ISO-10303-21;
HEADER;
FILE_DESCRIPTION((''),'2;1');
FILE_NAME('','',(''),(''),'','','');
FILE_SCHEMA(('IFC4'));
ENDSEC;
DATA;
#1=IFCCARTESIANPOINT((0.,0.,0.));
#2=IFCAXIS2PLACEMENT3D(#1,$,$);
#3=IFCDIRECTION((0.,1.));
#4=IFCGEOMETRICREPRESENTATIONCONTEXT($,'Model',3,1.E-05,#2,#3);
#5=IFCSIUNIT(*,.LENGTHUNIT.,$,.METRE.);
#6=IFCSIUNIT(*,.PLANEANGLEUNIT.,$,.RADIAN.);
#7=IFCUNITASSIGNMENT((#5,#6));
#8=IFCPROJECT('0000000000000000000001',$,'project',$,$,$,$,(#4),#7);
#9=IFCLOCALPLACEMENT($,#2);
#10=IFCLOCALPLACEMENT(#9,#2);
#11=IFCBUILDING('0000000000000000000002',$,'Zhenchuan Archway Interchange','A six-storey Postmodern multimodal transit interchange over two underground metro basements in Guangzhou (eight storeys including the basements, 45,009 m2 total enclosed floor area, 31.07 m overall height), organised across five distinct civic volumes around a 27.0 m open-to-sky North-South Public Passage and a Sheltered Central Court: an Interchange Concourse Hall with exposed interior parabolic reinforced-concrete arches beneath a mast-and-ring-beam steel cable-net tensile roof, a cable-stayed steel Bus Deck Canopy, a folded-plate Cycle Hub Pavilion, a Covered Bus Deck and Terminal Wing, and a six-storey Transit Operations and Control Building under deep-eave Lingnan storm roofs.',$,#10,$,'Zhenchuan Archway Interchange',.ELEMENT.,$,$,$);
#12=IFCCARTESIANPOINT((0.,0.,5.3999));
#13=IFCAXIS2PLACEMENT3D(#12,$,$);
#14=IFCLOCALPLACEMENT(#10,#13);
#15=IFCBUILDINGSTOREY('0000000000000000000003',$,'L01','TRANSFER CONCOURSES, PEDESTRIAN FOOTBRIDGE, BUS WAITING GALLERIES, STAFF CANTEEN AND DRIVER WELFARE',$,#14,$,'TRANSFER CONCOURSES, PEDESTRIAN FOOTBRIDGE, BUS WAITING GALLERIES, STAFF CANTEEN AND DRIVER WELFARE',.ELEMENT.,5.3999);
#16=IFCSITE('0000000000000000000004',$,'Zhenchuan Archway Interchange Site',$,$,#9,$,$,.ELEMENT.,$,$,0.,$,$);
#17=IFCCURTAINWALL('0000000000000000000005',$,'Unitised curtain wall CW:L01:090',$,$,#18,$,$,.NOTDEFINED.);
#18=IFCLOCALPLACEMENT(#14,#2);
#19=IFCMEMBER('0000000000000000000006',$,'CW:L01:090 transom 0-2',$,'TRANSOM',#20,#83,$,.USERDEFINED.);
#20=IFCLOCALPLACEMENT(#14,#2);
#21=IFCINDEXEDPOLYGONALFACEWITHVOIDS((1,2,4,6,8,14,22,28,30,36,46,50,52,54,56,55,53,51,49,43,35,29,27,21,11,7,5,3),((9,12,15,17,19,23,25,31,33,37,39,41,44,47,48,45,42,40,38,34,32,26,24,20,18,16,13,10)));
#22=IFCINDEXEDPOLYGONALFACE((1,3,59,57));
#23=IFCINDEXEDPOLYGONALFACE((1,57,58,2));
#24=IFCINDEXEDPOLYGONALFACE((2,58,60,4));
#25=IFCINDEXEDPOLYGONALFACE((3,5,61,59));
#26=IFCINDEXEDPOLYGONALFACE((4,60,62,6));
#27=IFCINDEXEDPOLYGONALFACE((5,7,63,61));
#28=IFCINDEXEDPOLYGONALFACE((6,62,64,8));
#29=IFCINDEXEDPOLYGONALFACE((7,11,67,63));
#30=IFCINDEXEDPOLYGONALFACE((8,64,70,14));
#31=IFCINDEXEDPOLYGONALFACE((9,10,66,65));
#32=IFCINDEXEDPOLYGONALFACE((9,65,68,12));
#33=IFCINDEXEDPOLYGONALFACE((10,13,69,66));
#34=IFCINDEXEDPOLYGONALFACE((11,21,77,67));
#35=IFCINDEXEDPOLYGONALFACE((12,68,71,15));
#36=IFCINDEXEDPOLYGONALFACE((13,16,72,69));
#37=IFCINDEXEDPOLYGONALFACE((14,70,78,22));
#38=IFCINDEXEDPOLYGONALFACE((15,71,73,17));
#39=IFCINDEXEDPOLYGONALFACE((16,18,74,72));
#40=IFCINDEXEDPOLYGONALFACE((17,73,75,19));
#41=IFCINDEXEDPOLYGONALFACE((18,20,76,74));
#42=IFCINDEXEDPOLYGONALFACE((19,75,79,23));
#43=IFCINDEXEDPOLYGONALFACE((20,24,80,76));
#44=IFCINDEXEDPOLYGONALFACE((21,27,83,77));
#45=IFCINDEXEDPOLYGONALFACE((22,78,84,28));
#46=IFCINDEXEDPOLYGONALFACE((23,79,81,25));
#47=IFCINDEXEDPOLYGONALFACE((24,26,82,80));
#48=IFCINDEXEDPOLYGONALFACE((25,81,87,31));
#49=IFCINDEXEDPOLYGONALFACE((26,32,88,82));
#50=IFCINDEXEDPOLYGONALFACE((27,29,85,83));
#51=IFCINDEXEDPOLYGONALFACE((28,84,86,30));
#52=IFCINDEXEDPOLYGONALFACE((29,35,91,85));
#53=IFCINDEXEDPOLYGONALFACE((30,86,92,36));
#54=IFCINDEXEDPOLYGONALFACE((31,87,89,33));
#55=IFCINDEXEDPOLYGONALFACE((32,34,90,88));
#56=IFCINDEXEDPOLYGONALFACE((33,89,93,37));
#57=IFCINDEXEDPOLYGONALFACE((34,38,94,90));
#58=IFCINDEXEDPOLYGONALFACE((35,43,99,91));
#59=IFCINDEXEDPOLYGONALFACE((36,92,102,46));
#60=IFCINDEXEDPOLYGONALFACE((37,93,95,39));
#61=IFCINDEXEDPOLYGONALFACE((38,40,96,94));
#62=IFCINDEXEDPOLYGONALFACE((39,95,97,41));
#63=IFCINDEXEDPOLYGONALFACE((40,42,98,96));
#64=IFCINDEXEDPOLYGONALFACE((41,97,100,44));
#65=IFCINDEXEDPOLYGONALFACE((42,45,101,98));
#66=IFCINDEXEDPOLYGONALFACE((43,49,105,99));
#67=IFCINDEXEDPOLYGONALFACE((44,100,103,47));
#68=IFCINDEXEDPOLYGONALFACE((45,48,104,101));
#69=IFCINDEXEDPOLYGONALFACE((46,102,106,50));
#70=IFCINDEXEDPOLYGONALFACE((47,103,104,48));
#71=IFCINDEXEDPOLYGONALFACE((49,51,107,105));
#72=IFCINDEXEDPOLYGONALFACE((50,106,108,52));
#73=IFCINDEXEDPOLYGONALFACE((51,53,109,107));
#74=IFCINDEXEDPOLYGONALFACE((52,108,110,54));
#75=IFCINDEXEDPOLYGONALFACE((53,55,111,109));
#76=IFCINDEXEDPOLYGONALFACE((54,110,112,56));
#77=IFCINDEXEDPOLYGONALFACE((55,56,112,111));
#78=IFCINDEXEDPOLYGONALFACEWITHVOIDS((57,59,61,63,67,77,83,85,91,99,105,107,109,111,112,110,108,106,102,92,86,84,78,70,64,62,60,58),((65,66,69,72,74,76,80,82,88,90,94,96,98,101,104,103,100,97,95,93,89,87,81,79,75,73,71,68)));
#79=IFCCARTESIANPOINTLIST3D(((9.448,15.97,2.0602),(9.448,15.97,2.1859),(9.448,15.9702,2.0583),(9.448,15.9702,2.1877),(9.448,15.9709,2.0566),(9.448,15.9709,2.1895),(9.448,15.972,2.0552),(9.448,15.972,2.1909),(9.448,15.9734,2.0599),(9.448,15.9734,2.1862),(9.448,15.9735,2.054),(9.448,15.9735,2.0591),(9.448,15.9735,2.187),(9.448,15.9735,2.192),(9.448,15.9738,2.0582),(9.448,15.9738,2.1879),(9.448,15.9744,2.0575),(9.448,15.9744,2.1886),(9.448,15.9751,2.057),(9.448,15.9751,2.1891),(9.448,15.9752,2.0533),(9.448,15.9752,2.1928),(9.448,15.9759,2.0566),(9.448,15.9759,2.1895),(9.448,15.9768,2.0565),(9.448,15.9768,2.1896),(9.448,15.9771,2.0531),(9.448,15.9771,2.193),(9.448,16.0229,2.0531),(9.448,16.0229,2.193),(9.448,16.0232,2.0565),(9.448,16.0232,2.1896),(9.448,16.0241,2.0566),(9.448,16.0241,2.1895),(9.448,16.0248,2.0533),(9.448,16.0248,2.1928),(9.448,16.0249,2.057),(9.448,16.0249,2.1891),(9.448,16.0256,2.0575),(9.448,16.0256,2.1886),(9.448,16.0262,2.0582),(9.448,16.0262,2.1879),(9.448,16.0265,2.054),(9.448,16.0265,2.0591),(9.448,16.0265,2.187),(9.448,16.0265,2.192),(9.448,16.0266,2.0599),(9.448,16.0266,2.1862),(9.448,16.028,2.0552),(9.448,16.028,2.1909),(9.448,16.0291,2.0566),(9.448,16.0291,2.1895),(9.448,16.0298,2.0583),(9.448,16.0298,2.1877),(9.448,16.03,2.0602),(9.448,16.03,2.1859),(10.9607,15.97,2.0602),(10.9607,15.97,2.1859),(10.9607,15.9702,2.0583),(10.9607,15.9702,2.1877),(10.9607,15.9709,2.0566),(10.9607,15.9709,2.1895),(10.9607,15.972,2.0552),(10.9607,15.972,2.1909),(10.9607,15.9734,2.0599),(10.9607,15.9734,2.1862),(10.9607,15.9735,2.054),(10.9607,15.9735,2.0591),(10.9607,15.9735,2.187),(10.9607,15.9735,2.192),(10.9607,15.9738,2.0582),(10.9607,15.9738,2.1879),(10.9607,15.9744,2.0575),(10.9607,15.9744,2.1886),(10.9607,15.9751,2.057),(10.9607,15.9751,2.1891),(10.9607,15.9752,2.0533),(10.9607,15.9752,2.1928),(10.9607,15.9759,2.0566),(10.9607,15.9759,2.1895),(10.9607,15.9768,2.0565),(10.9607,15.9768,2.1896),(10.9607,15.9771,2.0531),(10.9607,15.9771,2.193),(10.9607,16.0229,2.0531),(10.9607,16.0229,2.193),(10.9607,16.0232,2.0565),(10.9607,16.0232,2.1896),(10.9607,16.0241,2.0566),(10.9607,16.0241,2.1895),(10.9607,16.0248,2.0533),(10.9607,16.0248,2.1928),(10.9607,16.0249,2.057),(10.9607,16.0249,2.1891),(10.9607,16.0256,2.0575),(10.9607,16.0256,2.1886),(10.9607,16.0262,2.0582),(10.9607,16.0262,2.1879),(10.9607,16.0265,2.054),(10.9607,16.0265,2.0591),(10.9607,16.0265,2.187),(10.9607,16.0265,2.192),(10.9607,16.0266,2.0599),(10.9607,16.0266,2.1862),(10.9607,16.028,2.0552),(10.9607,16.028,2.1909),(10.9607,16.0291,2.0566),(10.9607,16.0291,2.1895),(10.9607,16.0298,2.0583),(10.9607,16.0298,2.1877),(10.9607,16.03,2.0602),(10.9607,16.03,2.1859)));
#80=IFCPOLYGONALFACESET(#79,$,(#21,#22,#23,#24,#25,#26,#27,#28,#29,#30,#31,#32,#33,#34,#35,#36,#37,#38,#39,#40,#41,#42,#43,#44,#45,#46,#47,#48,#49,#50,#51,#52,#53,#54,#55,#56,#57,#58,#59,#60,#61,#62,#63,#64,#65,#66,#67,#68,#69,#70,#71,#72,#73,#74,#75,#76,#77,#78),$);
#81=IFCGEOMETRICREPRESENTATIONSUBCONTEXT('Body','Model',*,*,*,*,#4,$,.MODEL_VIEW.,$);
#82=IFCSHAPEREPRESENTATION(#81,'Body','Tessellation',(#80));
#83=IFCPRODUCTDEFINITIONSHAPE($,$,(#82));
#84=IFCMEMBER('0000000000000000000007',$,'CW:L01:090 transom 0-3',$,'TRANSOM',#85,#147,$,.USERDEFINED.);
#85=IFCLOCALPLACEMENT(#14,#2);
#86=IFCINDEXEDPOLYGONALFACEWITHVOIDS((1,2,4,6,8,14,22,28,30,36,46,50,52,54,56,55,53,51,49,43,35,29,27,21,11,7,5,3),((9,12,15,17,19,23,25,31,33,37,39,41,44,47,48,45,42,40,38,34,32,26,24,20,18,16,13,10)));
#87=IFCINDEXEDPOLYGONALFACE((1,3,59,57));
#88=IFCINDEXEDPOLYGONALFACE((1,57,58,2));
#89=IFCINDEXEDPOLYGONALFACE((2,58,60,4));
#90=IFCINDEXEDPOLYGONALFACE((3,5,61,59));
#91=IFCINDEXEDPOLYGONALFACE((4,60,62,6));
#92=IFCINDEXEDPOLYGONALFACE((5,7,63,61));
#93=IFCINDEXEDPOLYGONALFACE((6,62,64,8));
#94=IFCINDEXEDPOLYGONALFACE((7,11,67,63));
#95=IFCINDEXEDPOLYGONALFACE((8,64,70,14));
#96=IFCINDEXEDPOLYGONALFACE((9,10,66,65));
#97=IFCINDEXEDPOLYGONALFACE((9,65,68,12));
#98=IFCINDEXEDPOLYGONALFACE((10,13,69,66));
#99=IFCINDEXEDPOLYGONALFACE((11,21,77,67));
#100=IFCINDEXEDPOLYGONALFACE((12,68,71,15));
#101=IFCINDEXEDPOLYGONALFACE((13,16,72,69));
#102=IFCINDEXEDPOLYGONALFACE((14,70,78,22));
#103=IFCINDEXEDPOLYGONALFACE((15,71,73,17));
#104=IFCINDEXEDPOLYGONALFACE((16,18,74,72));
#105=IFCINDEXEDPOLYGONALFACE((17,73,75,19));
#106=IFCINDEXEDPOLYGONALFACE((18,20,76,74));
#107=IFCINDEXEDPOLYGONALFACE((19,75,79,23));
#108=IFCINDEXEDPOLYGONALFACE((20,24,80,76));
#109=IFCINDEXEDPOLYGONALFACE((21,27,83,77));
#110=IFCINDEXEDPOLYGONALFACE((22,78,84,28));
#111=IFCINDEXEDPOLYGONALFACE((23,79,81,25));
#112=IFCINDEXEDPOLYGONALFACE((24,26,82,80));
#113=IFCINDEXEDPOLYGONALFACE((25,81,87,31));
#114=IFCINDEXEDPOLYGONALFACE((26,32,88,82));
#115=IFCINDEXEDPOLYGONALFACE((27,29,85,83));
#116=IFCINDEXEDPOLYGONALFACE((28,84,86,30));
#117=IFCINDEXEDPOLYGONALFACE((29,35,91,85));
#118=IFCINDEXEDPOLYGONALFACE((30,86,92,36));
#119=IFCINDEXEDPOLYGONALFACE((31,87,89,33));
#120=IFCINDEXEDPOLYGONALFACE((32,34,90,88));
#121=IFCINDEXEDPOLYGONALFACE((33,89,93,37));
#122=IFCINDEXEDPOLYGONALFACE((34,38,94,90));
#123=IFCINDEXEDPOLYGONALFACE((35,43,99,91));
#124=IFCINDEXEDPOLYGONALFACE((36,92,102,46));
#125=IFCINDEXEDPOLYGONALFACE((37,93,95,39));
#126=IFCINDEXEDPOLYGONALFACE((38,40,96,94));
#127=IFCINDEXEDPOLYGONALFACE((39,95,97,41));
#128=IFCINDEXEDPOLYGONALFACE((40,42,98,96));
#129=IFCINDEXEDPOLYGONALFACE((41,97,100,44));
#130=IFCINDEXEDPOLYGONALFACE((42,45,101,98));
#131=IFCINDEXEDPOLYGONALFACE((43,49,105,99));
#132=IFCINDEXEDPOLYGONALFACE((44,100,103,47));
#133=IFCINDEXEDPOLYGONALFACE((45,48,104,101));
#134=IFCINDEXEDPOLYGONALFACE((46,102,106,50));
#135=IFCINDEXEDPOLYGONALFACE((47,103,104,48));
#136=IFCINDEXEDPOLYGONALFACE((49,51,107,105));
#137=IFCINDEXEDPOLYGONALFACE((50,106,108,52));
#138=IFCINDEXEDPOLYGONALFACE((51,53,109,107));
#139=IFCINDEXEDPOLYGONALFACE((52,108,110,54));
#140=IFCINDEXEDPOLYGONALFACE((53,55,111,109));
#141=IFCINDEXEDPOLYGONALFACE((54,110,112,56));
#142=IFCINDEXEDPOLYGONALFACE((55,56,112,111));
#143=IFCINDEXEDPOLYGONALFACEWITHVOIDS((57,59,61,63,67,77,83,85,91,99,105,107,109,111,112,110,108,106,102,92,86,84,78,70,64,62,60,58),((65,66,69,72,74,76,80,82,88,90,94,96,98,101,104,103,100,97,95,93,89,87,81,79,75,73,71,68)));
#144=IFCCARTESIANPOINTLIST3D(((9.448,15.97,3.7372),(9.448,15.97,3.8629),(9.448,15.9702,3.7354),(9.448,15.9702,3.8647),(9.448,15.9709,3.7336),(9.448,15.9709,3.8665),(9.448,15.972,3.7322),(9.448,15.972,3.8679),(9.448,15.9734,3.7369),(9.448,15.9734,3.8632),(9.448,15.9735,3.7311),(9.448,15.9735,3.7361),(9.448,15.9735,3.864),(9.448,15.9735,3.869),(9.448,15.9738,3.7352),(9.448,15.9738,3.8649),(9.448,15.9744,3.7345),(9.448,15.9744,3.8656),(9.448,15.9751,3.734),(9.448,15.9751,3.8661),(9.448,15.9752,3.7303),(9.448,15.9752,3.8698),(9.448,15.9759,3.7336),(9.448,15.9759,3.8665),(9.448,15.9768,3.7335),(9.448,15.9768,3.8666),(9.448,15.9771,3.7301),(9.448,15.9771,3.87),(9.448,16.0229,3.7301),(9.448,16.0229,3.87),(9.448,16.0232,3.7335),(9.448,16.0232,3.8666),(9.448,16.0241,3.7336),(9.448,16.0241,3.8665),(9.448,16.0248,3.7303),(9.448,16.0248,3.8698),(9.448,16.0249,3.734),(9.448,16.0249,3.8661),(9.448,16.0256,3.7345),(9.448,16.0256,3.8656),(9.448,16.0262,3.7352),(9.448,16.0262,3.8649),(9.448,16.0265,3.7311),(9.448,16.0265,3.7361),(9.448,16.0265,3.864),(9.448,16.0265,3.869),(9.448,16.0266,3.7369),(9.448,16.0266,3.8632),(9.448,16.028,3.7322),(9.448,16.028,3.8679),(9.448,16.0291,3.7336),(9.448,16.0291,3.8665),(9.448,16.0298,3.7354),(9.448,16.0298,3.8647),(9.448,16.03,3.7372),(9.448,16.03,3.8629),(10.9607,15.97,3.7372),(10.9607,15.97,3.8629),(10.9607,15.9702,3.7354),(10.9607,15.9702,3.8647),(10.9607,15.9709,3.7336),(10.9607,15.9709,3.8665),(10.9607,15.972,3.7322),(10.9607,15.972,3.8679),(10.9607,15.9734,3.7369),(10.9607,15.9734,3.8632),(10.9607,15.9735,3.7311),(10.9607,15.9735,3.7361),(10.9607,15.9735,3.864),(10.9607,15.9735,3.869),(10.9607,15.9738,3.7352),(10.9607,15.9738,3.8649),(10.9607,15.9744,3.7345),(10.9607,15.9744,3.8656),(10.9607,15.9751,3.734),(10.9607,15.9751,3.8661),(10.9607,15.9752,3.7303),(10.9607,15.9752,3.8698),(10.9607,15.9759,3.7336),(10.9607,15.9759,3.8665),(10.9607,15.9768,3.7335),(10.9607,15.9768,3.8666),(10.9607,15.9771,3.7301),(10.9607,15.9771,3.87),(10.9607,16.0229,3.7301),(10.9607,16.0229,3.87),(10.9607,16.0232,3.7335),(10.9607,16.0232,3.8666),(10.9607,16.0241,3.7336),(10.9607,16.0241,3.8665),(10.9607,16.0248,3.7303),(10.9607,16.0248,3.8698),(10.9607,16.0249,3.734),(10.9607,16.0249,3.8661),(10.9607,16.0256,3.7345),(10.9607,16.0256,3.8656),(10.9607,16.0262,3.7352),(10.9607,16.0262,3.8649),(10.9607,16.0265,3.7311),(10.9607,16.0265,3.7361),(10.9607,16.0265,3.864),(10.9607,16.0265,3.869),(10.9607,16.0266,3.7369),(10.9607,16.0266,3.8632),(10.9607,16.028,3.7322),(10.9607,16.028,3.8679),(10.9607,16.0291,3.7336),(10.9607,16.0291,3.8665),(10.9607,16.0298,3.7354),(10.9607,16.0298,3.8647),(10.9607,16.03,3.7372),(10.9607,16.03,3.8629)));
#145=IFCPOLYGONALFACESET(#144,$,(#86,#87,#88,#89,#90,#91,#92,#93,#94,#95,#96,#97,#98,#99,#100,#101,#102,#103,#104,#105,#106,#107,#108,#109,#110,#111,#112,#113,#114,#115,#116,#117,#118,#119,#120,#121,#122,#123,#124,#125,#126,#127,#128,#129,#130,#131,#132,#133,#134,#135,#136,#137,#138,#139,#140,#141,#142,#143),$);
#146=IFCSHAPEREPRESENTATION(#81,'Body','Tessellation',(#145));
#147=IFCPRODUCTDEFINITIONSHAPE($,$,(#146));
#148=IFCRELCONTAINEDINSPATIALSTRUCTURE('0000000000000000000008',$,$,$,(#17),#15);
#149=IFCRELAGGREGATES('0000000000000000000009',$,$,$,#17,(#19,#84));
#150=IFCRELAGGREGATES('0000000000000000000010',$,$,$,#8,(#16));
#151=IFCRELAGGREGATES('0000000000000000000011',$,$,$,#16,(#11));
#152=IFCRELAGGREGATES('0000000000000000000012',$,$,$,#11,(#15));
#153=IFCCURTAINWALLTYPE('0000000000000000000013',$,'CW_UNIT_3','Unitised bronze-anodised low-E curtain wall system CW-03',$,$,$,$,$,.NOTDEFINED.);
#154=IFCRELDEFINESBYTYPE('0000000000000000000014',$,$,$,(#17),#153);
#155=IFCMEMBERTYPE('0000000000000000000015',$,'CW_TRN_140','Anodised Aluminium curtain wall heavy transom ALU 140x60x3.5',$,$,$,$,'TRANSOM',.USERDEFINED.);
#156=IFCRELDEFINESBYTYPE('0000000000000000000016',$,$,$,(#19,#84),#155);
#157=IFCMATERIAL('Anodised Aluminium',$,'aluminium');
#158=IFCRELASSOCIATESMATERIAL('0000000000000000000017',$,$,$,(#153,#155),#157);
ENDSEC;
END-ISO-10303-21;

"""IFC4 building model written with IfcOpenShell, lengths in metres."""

from ifc_helpers import new_model, si_unit, direction, frame, origin, origin_2d, place, context, subcontext, project, spatial, hollow_rectangle, extrude, material, material_profile, profile_set, type_object, element, aggregate, save


model = new_model("IFC4")

# Units and contexts
model_context = context("Model", 3, precision=1e-05, world=origin(), true_north=direction((0.0, 1.0)))
body_context = subcontext(model_context, "Body", "Model", "MODEL_VIEW")
ifc_project = project(units=[si_unit("LENGTHUNIT", "METRE"), si_unit("PLANEANGLEUNIT", "RADIAN")], contexts=[model_context])

# Site, building, storey
site_placement = place(None, origin())
site = spatial("IfcSite", under=ifc_project, at=site_placement, Name="Zhenchuan Archway Interchange Site", CompositionType="ELEMENT", RefElevation=0.0)
building_placement = place(site_placement, origin())
building = spatial("IfcBuilding", under=site, at=building_placement, Name="Zhenchuan Archway Interchange", Description="A six-storey Postmodern multimodal transit interchange over two underground metro basements in Guangzhou (eight storeys including the basements, 45,009 m2 total enclosed floor area, 31.07 m overall height), organised across five distinct civic volumes around a 27.0 m open-to-sky North-South Public Passage and a Sheltered Central Court: an Interchange Concourse Hall with exposed interior parabolic reinforced-concrete arches beneath a mast-and-ring-beam steel cable-net tensile roof, a cable-stayed steel Bus Deck Canopy, a folded-plate Cycle Hub Pavilion, a Covered Bus Deck and Terminal Wing, and a six-storey Transit Operations and Control Building under deep-eave Lingnan storm roofs.", LongName="Zhenchuan Archway Interchange", CompositionType="ELEMENT")
storey_placement = place(building_placement, frame((0.0, 0.0, 5.3999)))
storey = spatial("IfcBuildingStorey", under=building, at=storey_placement, Name="L01", Description="TRANSFER CONCOURSES, PEDESTRIAN FOOTBRIDGE, BUS WAITING GALLERIES, STAFF CANTEEN AND DRIVER WELFARE", LongName="TRANSFER CONCOURSES, PEDESTRIAN FOOTBRIDGE, BUS WAITING GALLERIES, STAFF CANTEEN AND DRIVER WELFARE", CompositionType="ELEMENT", Elevation=5.3999)

# Shared definitions
ifc_material_1 = material(Name="Anodised Aluminium", Category="aluminium")

# Curtain wall, members
curtain_wall_type_1 = type_object("IfcCurtainWallType", Name="CW_UNIT_3", Description="Unitised bronze-anodised low-E curtain wall system CW-03", PredefinedType="NOTDEFINED", material=ifc_material_1)
curtain_wall_1_placement = place(storey_placement, origin())
curtain_wall_1 = element("IfcCurtainWall", 1, at=curtain_wall_1_placement, inside=storey, type_object=curtain_wall_type_1, Name="Unitised curtain wall CW:L01:090", PredefinedType="NOTDEFINED")
ifc_material_profile_1 = material_profile(ifc_material_1, hollow_rectangle(XDim=0.0601, YDim=0.1399, WallThickness=0.0034, InnerFilletRadius=0.0034, OuterFilletRadius=0.0071, at=origin_2d()), Name="ALU 140x60x3.5")
ifc_profile_set_1 = profile_set([ifc_material_profile_1], Name="Anodised Aluminium")
member_type_1 = type_object("IfcMemberType", Name="CW_TRN_140", Description="Anodised Aluminium curtain wall heavy transom ALU 140x60x3.5", ElementType="TRANSOM", PredefinedType="USERDEFINED", material=ifc_profile_set_1)
member_1_placement = place(storey_placement, frame((9.448, 16.0, 2.123), z_axis=(1.0, 0.0, 0.0), x_axis=(0.0, 1.0, 0.0)))
member_1 = element("IfcMember", 2, at=member_1_placement, type_object=member_type_1, Name="CW:L01:090 transom 0-2", ObjectType="TRANSOM", PredefinedType="USERDEFINED", context=body_context, shape_type="SweptSolid", body=[
    extrude(hollow_rectangle(XDim=0.0601, YDim=0.1399, WallThickness=0.0034, InnerFilletRadius=0.0034, OuterFilletRadius=0.0071, at=origin_2d()), origin(), (0.0, 0.0, 1.0), 1.5127),
])
member_2_placement = place(storey_placement, frame((9.448, 16.0, 3.8), z_axis=(1.0, 0.0, 0.0), x_axis=(0.0, 1.0, 0.0)))
member_2 = element("IfcMember", 3, at=member_2_placement, type_object=member_type_1, Name="CW:L01:090 transom 0-3", ObjectType="TRANSOM", PredefinedType="USERDEFINED", context=body_context, shape_type="SweptSolid", body=[
    extrude(hollow_rectangle(XDim=0.0601, YDim=0.1399, WallThickness=0.0034, InnerFilletRadius=0.0034, OuterFilletRadius=0.0071, at=origin_2d()), origin(), (0.0, 0.0, 1.0), 1.5127),
])

aggregate(curtain_wall_1, [member_1, member_2])

save(model, "model.ifc")
